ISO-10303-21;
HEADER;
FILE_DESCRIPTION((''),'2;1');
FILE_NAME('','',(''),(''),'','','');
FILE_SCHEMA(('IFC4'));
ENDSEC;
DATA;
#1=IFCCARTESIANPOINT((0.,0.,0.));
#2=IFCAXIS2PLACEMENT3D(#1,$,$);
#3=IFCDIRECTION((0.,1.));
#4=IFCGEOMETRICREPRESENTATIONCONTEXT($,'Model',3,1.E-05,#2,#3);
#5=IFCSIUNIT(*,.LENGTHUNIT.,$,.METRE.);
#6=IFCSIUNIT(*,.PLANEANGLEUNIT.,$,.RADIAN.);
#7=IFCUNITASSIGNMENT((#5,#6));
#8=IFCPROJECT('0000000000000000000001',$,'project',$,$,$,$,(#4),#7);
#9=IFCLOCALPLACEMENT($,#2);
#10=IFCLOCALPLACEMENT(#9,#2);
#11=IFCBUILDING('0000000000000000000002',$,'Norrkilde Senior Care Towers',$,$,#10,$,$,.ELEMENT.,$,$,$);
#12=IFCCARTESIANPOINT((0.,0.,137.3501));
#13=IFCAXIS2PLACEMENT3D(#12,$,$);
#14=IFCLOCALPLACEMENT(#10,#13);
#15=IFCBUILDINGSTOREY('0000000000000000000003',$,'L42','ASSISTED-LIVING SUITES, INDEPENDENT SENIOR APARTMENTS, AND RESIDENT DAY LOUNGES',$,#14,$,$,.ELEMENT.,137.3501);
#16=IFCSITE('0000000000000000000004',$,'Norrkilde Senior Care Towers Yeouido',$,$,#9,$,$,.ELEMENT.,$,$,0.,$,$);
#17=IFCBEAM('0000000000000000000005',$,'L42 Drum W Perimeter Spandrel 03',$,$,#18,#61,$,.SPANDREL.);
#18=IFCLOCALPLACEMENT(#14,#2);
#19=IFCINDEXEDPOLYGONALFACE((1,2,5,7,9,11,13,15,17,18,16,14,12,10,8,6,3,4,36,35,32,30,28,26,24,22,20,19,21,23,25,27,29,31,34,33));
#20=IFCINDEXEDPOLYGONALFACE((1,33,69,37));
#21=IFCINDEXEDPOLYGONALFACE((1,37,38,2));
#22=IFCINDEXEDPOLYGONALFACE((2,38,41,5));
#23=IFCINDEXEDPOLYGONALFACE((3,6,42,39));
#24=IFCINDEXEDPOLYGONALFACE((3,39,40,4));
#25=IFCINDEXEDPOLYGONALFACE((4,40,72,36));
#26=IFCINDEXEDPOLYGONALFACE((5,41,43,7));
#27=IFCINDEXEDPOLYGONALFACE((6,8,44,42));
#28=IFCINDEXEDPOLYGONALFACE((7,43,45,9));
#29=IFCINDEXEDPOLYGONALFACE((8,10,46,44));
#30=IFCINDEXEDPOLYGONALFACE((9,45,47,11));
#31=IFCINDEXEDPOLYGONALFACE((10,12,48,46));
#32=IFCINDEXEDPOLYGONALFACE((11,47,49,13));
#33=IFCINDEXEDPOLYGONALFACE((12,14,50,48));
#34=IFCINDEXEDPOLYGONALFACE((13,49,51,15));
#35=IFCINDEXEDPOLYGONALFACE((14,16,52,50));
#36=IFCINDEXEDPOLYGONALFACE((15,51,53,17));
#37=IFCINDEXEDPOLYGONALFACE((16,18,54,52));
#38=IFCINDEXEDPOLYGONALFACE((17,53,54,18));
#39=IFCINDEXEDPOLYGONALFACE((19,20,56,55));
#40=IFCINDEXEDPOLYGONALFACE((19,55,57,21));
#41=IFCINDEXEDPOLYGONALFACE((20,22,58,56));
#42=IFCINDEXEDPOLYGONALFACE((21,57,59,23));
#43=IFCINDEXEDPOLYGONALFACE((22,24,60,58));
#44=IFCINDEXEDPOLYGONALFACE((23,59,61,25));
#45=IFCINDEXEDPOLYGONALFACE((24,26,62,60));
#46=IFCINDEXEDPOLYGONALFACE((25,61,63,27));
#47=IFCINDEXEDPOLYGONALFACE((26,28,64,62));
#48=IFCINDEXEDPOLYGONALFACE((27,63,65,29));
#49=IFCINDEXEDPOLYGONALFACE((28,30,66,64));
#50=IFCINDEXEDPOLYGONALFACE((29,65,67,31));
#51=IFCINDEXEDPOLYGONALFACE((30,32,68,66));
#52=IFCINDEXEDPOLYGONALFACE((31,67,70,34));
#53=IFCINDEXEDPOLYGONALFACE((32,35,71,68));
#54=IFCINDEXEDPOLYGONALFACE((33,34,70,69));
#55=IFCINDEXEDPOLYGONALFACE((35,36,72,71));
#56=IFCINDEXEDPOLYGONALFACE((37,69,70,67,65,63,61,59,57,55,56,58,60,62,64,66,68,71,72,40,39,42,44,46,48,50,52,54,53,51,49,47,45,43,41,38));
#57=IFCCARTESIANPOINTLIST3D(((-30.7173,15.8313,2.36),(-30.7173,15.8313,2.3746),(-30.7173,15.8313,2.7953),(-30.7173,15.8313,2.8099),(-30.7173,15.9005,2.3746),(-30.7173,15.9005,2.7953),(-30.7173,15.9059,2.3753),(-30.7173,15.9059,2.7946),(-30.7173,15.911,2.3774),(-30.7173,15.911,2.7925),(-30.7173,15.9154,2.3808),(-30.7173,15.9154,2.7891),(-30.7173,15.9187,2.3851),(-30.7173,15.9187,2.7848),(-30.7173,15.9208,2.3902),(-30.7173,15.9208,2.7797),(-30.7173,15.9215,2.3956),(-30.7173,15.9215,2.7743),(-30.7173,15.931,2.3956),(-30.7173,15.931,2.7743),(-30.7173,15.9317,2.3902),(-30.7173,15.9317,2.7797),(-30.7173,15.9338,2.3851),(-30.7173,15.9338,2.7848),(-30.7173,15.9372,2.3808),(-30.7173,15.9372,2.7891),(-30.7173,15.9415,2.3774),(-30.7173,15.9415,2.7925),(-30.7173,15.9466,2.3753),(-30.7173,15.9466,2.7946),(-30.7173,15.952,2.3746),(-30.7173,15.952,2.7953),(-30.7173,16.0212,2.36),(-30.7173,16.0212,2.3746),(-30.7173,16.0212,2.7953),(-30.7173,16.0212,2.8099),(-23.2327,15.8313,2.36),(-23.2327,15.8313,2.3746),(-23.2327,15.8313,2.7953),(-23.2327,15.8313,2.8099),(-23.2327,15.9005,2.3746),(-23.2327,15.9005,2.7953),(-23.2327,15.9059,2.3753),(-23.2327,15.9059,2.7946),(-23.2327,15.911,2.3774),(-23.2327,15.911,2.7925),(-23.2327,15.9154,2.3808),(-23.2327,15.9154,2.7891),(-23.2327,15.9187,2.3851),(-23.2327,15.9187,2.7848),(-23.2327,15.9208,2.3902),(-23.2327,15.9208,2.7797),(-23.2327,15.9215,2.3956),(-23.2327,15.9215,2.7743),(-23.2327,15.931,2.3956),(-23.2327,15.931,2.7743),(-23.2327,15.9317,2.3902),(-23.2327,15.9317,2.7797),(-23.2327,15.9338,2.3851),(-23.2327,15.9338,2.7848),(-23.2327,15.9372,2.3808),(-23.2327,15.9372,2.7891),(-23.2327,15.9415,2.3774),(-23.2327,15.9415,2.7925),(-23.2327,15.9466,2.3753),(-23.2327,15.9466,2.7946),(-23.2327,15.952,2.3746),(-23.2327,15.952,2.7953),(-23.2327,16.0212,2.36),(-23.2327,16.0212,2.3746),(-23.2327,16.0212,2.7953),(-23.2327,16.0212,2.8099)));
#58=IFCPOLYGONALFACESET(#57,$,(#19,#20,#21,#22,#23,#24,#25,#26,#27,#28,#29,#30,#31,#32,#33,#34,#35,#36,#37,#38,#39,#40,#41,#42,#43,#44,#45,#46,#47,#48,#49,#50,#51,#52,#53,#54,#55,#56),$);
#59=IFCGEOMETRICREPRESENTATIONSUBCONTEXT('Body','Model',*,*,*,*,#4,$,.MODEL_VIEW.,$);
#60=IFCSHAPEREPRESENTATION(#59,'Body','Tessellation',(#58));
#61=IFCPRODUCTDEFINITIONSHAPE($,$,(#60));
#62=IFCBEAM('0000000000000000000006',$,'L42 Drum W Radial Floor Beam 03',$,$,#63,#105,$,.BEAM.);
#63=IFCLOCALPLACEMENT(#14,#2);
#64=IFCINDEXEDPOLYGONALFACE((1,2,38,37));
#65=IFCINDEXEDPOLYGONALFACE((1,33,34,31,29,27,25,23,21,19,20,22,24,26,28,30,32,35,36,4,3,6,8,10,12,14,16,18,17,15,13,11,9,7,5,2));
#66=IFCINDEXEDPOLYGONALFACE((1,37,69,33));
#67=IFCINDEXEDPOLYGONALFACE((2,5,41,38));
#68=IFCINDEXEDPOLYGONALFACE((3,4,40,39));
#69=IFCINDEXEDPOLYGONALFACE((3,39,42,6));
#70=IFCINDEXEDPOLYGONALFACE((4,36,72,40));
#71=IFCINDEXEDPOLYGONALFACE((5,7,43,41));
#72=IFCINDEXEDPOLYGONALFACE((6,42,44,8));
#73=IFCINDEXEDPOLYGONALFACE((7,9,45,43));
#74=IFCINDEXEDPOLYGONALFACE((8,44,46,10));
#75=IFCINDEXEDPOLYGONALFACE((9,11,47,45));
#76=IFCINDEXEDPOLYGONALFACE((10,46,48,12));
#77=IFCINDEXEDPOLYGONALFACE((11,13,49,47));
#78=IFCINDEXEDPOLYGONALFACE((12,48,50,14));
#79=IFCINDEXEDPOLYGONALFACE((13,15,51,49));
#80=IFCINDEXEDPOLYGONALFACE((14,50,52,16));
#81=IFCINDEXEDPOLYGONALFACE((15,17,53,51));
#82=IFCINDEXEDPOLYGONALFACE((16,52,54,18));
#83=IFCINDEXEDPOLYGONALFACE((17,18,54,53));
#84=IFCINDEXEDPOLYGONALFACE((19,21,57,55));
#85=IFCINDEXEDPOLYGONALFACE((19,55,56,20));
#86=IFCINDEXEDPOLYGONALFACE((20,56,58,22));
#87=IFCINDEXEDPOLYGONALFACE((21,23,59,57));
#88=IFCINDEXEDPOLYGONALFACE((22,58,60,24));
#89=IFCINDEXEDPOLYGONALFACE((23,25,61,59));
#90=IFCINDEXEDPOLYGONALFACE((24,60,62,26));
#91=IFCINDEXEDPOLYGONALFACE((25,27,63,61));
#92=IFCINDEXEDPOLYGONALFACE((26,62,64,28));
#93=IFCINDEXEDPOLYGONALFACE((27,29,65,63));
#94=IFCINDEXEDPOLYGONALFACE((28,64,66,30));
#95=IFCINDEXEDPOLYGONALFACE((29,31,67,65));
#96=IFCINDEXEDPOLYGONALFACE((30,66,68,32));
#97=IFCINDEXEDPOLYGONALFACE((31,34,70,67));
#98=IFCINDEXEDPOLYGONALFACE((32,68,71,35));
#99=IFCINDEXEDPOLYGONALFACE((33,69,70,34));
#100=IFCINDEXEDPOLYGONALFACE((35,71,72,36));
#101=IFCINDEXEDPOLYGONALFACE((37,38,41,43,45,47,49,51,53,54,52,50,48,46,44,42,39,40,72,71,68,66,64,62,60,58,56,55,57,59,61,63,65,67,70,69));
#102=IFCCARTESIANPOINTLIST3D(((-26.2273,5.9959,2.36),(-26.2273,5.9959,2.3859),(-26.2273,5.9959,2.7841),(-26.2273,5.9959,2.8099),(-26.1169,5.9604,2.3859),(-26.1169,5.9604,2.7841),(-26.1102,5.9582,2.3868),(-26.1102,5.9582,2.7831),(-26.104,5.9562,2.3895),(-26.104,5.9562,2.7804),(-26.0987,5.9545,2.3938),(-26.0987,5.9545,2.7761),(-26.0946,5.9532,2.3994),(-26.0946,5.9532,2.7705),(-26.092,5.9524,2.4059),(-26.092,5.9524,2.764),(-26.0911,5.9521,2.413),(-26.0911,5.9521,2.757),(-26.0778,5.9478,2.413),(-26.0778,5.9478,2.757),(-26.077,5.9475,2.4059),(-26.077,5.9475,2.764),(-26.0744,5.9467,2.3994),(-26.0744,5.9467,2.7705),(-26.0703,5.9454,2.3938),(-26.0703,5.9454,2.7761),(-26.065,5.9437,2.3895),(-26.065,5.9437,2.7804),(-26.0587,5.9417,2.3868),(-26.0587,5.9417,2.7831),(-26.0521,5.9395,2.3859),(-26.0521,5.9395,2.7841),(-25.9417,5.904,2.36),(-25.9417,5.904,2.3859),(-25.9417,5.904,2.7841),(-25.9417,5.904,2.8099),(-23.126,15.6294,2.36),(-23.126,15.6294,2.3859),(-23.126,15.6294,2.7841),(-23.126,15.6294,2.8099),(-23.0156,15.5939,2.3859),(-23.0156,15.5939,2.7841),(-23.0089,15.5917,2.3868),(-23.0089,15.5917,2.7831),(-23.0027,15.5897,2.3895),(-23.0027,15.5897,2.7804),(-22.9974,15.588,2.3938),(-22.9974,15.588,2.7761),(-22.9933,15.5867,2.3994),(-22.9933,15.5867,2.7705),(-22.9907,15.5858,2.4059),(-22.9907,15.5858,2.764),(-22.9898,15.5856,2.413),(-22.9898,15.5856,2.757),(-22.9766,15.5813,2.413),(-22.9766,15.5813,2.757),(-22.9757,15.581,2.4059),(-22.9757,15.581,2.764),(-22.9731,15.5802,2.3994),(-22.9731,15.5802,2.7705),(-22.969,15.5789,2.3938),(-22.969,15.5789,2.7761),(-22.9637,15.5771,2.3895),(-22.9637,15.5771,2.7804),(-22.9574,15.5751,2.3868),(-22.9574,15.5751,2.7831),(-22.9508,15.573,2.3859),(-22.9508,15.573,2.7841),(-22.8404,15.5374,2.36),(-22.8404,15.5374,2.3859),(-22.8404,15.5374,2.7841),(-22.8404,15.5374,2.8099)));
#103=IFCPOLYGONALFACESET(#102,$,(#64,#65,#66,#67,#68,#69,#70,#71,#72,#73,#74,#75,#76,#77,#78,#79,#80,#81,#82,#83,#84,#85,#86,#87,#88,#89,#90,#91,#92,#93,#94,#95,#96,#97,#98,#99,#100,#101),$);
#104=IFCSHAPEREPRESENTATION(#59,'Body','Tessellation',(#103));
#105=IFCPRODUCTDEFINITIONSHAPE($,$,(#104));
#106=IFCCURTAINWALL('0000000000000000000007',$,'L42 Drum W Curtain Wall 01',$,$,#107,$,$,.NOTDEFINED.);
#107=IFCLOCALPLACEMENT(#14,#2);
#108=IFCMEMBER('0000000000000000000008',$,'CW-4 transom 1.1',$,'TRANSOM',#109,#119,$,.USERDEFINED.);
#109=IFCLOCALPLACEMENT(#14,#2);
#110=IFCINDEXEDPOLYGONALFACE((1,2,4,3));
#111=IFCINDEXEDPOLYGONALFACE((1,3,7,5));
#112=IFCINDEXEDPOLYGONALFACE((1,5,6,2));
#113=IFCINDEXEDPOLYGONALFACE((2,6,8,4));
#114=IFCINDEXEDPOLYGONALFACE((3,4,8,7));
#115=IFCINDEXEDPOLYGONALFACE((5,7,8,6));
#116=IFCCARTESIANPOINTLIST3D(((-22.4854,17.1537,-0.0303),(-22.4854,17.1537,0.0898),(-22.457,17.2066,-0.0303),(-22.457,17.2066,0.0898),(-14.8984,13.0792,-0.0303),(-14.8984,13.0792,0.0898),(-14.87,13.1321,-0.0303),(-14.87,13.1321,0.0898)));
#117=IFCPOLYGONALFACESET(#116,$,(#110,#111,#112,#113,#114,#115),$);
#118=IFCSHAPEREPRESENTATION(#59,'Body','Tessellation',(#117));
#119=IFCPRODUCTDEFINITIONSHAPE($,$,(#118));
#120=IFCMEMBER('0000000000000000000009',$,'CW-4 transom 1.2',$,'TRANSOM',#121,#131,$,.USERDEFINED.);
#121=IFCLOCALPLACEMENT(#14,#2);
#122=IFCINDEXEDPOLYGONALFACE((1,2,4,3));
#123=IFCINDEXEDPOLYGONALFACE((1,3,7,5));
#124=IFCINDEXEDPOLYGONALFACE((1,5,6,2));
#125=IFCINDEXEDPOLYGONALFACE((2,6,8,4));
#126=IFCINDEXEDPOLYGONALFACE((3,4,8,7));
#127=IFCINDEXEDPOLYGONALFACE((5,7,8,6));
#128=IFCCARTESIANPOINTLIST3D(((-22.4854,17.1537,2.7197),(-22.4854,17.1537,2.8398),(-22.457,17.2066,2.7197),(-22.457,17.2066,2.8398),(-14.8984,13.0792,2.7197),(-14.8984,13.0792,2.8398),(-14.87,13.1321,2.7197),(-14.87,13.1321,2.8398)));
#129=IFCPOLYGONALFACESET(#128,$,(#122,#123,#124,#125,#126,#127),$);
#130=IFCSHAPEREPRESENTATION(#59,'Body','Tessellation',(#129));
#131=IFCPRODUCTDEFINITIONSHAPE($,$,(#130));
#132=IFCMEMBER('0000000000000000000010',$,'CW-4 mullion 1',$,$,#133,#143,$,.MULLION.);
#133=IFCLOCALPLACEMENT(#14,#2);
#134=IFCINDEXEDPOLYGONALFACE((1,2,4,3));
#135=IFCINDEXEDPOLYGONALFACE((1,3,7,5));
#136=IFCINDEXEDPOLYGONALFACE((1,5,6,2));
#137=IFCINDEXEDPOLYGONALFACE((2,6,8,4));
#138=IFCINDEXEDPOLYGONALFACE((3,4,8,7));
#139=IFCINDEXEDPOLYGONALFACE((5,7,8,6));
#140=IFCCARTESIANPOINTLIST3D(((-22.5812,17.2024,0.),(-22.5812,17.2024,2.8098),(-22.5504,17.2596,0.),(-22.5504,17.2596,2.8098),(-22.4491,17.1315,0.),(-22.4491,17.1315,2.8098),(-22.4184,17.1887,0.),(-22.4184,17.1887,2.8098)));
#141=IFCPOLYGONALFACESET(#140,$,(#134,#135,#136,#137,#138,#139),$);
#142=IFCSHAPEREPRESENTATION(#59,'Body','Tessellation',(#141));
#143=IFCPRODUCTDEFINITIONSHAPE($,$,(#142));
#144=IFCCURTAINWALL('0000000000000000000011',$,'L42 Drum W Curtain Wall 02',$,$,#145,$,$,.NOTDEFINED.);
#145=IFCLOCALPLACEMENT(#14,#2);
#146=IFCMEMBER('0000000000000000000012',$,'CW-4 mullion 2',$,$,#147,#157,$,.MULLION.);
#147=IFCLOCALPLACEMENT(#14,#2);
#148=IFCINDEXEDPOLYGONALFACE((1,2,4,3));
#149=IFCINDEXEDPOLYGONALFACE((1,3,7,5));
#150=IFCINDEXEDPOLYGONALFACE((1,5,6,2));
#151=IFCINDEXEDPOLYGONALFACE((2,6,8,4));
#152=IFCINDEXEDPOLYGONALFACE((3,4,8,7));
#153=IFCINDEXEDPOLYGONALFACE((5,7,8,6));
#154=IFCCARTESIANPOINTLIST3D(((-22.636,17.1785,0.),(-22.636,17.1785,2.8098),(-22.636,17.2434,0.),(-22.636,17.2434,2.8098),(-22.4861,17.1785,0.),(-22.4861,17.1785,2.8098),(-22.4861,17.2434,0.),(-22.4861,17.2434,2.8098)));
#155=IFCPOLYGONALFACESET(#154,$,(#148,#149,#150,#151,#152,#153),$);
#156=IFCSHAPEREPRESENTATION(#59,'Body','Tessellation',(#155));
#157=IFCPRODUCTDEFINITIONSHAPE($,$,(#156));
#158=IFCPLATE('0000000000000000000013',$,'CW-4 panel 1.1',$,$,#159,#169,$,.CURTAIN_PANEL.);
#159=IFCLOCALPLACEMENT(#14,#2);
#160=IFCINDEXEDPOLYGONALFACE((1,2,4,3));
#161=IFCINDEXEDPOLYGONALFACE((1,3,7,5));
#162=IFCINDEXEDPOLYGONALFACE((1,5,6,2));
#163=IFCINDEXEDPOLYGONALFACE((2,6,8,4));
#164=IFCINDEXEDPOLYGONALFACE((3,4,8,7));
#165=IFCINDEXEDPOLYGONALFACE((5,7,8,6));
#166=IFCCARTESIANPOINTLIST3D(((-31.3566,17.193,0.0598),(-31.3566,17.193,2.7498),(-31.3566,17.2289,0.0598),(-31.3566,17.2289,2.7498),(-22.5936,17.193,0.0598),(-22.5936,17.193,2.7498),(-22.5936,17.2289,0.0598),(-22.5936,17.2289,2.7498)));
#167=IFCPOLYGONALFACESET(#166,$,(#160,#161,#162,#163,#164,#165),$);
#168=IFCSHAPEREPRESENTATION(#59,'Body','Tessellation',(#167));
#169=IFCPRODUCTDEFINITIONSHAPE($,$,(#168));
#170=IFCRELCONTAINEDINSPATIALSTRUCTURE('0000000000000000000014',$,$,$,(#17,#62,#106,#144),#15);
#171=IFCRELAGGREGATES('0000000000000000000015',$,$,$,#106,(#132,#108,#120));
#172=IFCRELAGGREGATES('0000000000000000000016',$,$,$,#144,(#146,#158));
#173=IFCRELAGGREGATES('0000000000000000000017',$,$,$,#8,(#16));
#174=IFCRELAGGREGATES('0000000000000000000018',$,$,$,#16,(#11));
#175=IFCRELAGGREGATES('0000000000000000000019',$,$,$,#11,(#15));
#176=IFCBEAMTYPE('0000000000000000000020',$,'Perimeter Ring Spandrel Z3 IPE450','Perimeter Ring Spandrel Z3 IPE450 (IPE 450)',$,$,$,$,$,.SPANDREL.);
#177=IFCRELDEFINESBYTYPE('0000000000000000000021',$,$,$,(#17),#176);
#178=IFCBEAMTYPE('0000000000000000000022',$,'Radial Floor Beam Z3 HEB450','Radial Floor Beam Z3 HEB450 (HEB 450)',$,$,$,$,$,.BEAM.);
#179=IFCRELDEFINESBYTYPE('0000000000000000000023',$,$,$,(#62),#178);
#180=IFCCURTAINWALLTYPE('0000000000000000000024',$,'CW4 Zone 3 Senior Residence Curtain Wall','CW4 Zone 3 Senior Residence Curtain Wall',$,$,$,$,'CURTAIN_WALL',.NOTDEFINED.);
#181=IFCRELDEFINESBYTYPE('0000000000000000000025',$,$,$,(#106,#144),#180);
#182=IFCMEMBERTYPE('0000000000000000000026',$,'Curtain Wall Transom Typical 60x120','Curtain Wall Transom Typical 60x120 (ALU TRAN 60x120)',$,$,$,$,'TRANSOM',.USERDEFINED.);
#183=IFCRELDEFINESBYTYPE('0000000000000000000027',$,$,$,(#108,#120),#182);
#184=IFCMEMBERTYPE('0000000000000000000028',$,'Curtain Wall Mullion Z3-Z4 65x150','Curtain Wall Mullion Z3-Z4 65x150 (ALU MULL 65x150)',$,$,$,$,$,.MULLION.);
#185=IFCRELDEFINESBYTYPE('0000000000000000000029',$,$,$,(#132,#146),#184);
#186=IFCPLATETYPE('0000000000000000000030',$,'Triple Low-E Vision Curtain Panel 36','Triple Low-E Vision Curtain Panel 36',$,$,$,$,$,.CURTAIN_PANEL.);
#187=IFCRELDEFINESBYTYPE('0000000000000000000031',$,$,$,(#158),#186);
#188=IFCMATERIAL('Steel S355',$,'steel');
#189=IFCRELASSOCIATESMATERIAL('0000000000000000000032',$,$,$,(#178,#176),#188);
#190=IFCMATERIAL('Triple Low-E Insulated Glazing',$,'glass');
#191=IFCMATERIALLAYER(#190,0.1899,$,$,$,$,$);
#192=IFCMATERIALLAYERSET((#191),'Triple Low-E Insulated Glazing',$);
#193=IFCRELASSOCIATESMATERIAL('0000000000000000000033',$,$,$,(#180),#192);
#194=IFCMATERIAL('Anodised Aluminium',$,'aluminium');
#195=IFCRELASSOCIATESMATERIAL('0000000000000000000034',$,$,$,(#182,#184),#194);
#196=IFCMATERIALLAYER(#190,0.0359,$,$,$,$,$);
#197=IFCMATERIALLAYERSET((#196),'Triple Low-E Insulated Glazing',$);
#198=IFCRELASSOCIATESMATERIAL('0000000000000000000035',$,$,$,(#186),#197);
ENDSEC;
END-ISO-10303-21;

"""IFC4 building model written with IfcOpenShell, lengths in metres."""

from ifc_helpers import new_model, si_unit, direction, frame, origin, origin_2d, place, context, subcontext, project, spatial, rectangle, i_section, extrude, source, transform, mapped, material, layer, layer_set, material_profile, profile_set, type_object, type_shapes, element, aggregate, save


model = new_model("IFC4")

# Units and contexts
model_context = context("Model", 3, precision=1e-05, world=origin(), true_north=direction((0.0, 1.0)))
body_context = subcontext(model_context, "Body", "Model", "MODEL_VIEW")
ifc_project = project(units=[si_unit("LENGTHUNIT", "METRE"), si_unit("PLANEANGLEUNIT", "RADIAN")], contexts=[model_context])

# Site, building, storey
site_placement = place(None, origin())
site = spatial("IfcSite", under=ifc_project, at=site_placement, Name="Norrkilde Senior Care Towers Yeouido", CompositionType="ELEMENT", RefElevation=0.0)
building_placement = place(site_placement, origin())
building = spatial("IfcBuilding", under=site, at=building_placement, Name="Norrkilde Senior Care Towers", CompositionType="ELEMENT")
storey_placement = place(building_placement, frame((0.0, 0.0, 137.3501)))
storey = spatial("IfcBuildingStorey", under=building, at=storey_placement, Name="L42", Description="ASSISTED-LIVING SUITES, INDEPENDENT SENIOR APARTMENTS, AND RESIDENT DAY LOUNGES", CompositionType="ELEMENT", Elevation=137.3501)

# Beams
ifc_material_1 = material(Name="Steel S355", Category="steel")
ifc_material_profile_1 = material_profile(ifc_material_1, i_section(OverallWidth=0.3, OverallDepth=0.45, WebThickness=0.0139, FlangeThickness=0.0259, FilletRadius=0.0271, at=origin_2d()), Name="HEB 450")
ifc_profile_set_1 = profile_set([ifc_material_profile_1], Name="Steel S355")
beam_type_1 = type_object("IfcBeamType", Name="Radial Floor Beam Z3 HEB450", Description="Radial Floor Beam Z3 HEB450 (HEB 450)", PredefinedType="BEAM", material=ifc_profile_set_1)
ifc_material_profile_2 = material_profile(ifc_material_1, i_section(OverallWidth=0.1899, OverallDepth=0.45, WebThickness=0.0095, FlangeThickness=0.0146, FilletRadius=0.021, at=origin_2d()), Name="IPE 450")
ifc_profile_set_2 = profile_set([ifc_material_profile_2], Name="Steel S355")
beam_type_2 = type_object("IfcBeamType", Name="Perimeter Ring Spandrel Z3 IPE450", Description="Perimeter Ring Spandrel Z3 IPE450 (IPE 450)", PredefinedType="SPANDREL", material=ifc_profile_set_2)
shared_shape_1 = source(origin(), body_context, "Body", "SweptSolid", [
    extrude(i_section(OverallWidth=0.1899, OverallDepth=0.45, WebThickness=0.0095, FlangeThickness=0.0146, FilletRadius=0.021, at=origin_2d()), origin(), (0.0, 0.0, 1.0), 7.4846),
])
type_shapes(beam_type_2, [shared_shape_1])
beam_1_placement = place(storey_placement, frame((-23.2327, 15.9263, 2.585), z_axis=(-1.0, 0.0, 0.0), x_axis=(0.0, -1.0, 0.0)))
element("IfcBeam", 1, at=beam_1_placement, inside=storey, type_object=beam_type_2, Name="L42 Drum W Perimeter Spandrel 03", PredefinedType="SPANDREL", context=body_context, shape_type="MappedRepresentation", body=[
    mapped(shared_shape_1, transform((0.0, 0.0, 0.0), x_axis=(1.0, 0.0, 0.0), y_axis=(0.0, 1.0, 0.0), z_axis=(0.0, 0.0, 1.0), scale=1.0)),
])
shared_shape_2 = source(origin(), body_context, "Body", "SweptSolid", [
    extrude(i_section(OverallWidth=0.3, OverallDepth=0.45, WebThickness=0.0139, FlangeThickness=0.0259, FilletRadius=0.0271, at=origin_2d()), origin(), (0.0, 0.0, 1.0), 10.1204),
])
beam_2_placement = place(storey_placement, frame((-26.0845, 5.95, 2.585), z_axis=(0.306441, 0.95189, 0.0), x_axis=(-0.95189, 0.306441, 0.0)))
element("IfcBeam", 2, at=beam_2_placement, inside=storey, type_object=beam_type_1, Name="L42 Drum W Radial Floor Beam 03", PredefinedType="BEAM", context=body_context, shape_type="MappedRepresentation", body=[
    mapped(shared_shape_2, transform((0.0, 0.0, 0.0), x_axis=(1.0, 0.0, 0.0), y_axis=(0.0, 1.0, 0.0), z_axis=(0.0, 0.0, 1.0), scale=1.0)),
])

# Curtain wall, members
ifc_material_2 = material(Name="Triple Low-E Insulated Glazing", Category="glass")
ifc_layer_1 = layer(ifc_material_2, 0.1899)
ifc_layer_set_1 = layer_set([ifc_layer_1], Name="Triple Low-E Insulated Glazing")
curtain_wall_type = type_object("IfcCurtainWallType", Name="CW4 Zone 3 Senior Residence Curtain Wall", Description="CW4 Zone 3 Senior Residence Curtain Wall", ElementType="CURTAIN_WALL", PredefinedType="NOTDEFINED", material=ifc_layer_set_1)
curtain_wall_1_placement = place(storey_placement, origin())
curtain_wall_1 = element("IfcCurtainWall", 3, at=curtain_wall_1_placement, inside=storey, type_object=curtain_wall_type, Name="L42 Drum W Curtain Wall 01", PredefinedType="NOTDEFINED")
ifc_material_3 = material(Name="Anodised Aluminium", Category="aluminium")
ifc_material_profile_3 = material_profile(ifc_material_3, rectangle(XDim=0.0601, YDim=0.1201, at=origin_2d()), Name="ALU TRAN 60x120")
ifc_profile_set_3 = profile_set([ifc_material_profile_3], Name="Anodised Aluminium")
member_type_1 = type_object("IfcMemberType", Name="Curtain Wall Transom Typical 60x120", Description="Curtain Wall Transom Typical 60x120 (ALU TRAN 60x120)", ElementType="TRANSOM", PredefinedType="USERDEFINED", material=ifc_profile_set_3)
shared_shape_3 = source(origin(), body_context, "Body", "SweptSolid", [
    extrude(rectangle(XDim=0.0601, YDim=0.1201, at=origin_2d()), origin(), (0.0, 0.0, 1.0), 8.6118),
])
type_shapes(member_type_1, [shared_shape_3])
member_1_placement = place(storey_placement, frame((-22.4712, 17.1802, 0.0298), z_axis=(0.880994, -0.473127, 0.0), x_axis=(0.473127, 0.880994, 0.0)))
member_1 = element("IfcMember", 4, at=member_1_placement, type_object=member_type_1, Name="CW-4 transom 1.1", ObjectType="TRANSOM", PredefinedType="USERDEFINED", context=body_context, shape_type="MappedRepresentation", body=[
    mapped(shared_shape_3, transform((0.0, 0.0, 0.0), x_axis=(1.0, 0.0, 0.0), y_axis=(0.0, 1.0, 0.0), z_axis=(0.0, 0.0, 1.0), scale=1.0)),
])
member_2_placement = place(storey_placement, frame((-22.4712, 17.1802, 2.7798), z_axis=(0.880994, -0.473127, 0.0), x_axis=(0.473127, 0.880994, 0.0)))
member_2 = element("IfcMember", 5, at=member_2_placement, type_object=member_type_1, Name="CW-4 transom 1.2", ObjectType="TRANSOM", PredefinedType="USERDEFINED", context=body_context, shape_type="MappedRepresentation", body=[
    mapped(shared_shape_3, transform((0.0, 0.0, 0.0), x_axis=(1.0, 0.0, 0.0), y_axis=(0.0, 1.0, 0.0), z_axis=(0.0, 0.0, 1.0), scale=1.0)),
])
ifc_material_profile_4 = material_profile(ifc_material_3, rectangle(XDim=0.0649, YDim=0.1499, at=origin_2d()), Name="ALU MULL 65x150")
ifc_profile_set_4 = profile_set([ifc_material_profile_4], Name="Anodised Aluminium")
member_type_2 = type_object("IfcMemberType", Name="Curtain Wall Mullion Z3-Z4 65x150", Description="Curtain Wall Mullion Z3-Z4 65x150 (ALU MULL 65x150)", PredefinedType="MULLION", material=ifc_profile_set_4)
shared_shape_4 = source(origin(), body_context, "Body", "SweptSolid", [
    extrude(rectangle(XDim=0.0649, YDim=0.1499, at=origin_2d()), origin(), (0.0, 0.0, 1.0), 2.8098),
])
type_shapes(member_type_2, [shared_shape_4])
member_3_placement = place(storey_placement, frame((-22.4998, 17.1956, 0.0), z_axis=(0.0, 0.0, 1.0), x_axis=(0.473117, 0.881, 0.0)))
member_3 = element("IfcMember", 6, at=member_3_placement, type_object=member_type_2, Name="CW-4 mullion 1", PredefinedType="MULLION", context=body_context, shape_type="MappedRepresentation", body=[
    mapped(shared_shape_4, transform((0.0, 0.0, 0.0), x_axis=(1.0, 0.0, 0.0), y_axis=(0.0, 1.0, 0.0), z_axis=(0.0, 0.0, 1.0), scale=1.0)),
])
aggregate(curtain_wall_1, [member_3, member_1, member_2])

# Curtain wall, member, plate
curtain_wall_2_placement = place(storey_placement, origin())
curtain_wall_2 = element("IfcCurtainWall", 7, at=curtain_wall_2_placement, inside=storey, type_object=curtain_wall_type, Name="L42 Drum W Curtain Wall 02", PredefinedType="NOTDEFINED")
member_4_placement = place(storey_placement, frame((-22.561, 17.2109, 0.0), z_axis=(0.0, 0.0, 1.0), x_axis=(0.0, 1.0, 0.0)))
member_4 = element("IfcMember", 8, at=member_4_placement, type_object=member_type_2, Name="CW-4 mullion 2", PredefinedType="MULLION", context=body_context, shape_type="MappedRepresentation", body=[
    mapped(shared_shape_4, transform((0.0, 0.0, 0.0), x_axis=(1.0, 0.0, 0.0), y_axis=(0.0, 1.0, 0.0), z_axis=(0.0, 0.0, 1.0), scale=1.0)),
])
ifc_layer_2 = layer(ifc_material_2, 0.0359)
ifc_layer_set_2 = layer_set([ifc_layer_2], Name="Triple Low-E Insulated Glazing")
plate_type = type_object("IfcPlateType", Name="Triple Low-E Vision Curtain Panel 36", Description="Triple Low-E Vision Curtain Panel 36", PredefinedType="CURTAIN_PANEL", material=ifc_layer_set_2)
shared_shape_5 = source(origin(), body_context, "Body", "SweptSolid", [
    extrude(rectangle(XDim=8.7629, YDim=0.0359, at=origin_2d()), origin(), (0.0, 0.0, 1.0), 2.6899),
])
type_shapes(plate_type, [shared_shape_5])
plate_placement = place(storey_placement, frame((-26.9751, 17.2109, 0.0598), z_axis=(0.0, 0.0, 1.0), x_axis=(1.0, 0.0, 0.0)))
plate = element("IfcPlate", 9, at=plate_placement, type_object=plate_type, Name="CW-4 panel 1.1", PredefinedType="CURTAIN_PANEL", context=body_context, shape_type="MappedRepresentation", body=[
    mapped(shared_shape_5, transform((0.0, 0.0, 0.0), x_axis=(1.0, 0.0, 0.0), y_axis=(0.0, 1.0, 0.0), z_axis=(0.0, 0.0, 1.0), scale=1.0)),
])
aggregate(curtain_wall_2, [member_4, plate])

save(model, "model.ifc")
